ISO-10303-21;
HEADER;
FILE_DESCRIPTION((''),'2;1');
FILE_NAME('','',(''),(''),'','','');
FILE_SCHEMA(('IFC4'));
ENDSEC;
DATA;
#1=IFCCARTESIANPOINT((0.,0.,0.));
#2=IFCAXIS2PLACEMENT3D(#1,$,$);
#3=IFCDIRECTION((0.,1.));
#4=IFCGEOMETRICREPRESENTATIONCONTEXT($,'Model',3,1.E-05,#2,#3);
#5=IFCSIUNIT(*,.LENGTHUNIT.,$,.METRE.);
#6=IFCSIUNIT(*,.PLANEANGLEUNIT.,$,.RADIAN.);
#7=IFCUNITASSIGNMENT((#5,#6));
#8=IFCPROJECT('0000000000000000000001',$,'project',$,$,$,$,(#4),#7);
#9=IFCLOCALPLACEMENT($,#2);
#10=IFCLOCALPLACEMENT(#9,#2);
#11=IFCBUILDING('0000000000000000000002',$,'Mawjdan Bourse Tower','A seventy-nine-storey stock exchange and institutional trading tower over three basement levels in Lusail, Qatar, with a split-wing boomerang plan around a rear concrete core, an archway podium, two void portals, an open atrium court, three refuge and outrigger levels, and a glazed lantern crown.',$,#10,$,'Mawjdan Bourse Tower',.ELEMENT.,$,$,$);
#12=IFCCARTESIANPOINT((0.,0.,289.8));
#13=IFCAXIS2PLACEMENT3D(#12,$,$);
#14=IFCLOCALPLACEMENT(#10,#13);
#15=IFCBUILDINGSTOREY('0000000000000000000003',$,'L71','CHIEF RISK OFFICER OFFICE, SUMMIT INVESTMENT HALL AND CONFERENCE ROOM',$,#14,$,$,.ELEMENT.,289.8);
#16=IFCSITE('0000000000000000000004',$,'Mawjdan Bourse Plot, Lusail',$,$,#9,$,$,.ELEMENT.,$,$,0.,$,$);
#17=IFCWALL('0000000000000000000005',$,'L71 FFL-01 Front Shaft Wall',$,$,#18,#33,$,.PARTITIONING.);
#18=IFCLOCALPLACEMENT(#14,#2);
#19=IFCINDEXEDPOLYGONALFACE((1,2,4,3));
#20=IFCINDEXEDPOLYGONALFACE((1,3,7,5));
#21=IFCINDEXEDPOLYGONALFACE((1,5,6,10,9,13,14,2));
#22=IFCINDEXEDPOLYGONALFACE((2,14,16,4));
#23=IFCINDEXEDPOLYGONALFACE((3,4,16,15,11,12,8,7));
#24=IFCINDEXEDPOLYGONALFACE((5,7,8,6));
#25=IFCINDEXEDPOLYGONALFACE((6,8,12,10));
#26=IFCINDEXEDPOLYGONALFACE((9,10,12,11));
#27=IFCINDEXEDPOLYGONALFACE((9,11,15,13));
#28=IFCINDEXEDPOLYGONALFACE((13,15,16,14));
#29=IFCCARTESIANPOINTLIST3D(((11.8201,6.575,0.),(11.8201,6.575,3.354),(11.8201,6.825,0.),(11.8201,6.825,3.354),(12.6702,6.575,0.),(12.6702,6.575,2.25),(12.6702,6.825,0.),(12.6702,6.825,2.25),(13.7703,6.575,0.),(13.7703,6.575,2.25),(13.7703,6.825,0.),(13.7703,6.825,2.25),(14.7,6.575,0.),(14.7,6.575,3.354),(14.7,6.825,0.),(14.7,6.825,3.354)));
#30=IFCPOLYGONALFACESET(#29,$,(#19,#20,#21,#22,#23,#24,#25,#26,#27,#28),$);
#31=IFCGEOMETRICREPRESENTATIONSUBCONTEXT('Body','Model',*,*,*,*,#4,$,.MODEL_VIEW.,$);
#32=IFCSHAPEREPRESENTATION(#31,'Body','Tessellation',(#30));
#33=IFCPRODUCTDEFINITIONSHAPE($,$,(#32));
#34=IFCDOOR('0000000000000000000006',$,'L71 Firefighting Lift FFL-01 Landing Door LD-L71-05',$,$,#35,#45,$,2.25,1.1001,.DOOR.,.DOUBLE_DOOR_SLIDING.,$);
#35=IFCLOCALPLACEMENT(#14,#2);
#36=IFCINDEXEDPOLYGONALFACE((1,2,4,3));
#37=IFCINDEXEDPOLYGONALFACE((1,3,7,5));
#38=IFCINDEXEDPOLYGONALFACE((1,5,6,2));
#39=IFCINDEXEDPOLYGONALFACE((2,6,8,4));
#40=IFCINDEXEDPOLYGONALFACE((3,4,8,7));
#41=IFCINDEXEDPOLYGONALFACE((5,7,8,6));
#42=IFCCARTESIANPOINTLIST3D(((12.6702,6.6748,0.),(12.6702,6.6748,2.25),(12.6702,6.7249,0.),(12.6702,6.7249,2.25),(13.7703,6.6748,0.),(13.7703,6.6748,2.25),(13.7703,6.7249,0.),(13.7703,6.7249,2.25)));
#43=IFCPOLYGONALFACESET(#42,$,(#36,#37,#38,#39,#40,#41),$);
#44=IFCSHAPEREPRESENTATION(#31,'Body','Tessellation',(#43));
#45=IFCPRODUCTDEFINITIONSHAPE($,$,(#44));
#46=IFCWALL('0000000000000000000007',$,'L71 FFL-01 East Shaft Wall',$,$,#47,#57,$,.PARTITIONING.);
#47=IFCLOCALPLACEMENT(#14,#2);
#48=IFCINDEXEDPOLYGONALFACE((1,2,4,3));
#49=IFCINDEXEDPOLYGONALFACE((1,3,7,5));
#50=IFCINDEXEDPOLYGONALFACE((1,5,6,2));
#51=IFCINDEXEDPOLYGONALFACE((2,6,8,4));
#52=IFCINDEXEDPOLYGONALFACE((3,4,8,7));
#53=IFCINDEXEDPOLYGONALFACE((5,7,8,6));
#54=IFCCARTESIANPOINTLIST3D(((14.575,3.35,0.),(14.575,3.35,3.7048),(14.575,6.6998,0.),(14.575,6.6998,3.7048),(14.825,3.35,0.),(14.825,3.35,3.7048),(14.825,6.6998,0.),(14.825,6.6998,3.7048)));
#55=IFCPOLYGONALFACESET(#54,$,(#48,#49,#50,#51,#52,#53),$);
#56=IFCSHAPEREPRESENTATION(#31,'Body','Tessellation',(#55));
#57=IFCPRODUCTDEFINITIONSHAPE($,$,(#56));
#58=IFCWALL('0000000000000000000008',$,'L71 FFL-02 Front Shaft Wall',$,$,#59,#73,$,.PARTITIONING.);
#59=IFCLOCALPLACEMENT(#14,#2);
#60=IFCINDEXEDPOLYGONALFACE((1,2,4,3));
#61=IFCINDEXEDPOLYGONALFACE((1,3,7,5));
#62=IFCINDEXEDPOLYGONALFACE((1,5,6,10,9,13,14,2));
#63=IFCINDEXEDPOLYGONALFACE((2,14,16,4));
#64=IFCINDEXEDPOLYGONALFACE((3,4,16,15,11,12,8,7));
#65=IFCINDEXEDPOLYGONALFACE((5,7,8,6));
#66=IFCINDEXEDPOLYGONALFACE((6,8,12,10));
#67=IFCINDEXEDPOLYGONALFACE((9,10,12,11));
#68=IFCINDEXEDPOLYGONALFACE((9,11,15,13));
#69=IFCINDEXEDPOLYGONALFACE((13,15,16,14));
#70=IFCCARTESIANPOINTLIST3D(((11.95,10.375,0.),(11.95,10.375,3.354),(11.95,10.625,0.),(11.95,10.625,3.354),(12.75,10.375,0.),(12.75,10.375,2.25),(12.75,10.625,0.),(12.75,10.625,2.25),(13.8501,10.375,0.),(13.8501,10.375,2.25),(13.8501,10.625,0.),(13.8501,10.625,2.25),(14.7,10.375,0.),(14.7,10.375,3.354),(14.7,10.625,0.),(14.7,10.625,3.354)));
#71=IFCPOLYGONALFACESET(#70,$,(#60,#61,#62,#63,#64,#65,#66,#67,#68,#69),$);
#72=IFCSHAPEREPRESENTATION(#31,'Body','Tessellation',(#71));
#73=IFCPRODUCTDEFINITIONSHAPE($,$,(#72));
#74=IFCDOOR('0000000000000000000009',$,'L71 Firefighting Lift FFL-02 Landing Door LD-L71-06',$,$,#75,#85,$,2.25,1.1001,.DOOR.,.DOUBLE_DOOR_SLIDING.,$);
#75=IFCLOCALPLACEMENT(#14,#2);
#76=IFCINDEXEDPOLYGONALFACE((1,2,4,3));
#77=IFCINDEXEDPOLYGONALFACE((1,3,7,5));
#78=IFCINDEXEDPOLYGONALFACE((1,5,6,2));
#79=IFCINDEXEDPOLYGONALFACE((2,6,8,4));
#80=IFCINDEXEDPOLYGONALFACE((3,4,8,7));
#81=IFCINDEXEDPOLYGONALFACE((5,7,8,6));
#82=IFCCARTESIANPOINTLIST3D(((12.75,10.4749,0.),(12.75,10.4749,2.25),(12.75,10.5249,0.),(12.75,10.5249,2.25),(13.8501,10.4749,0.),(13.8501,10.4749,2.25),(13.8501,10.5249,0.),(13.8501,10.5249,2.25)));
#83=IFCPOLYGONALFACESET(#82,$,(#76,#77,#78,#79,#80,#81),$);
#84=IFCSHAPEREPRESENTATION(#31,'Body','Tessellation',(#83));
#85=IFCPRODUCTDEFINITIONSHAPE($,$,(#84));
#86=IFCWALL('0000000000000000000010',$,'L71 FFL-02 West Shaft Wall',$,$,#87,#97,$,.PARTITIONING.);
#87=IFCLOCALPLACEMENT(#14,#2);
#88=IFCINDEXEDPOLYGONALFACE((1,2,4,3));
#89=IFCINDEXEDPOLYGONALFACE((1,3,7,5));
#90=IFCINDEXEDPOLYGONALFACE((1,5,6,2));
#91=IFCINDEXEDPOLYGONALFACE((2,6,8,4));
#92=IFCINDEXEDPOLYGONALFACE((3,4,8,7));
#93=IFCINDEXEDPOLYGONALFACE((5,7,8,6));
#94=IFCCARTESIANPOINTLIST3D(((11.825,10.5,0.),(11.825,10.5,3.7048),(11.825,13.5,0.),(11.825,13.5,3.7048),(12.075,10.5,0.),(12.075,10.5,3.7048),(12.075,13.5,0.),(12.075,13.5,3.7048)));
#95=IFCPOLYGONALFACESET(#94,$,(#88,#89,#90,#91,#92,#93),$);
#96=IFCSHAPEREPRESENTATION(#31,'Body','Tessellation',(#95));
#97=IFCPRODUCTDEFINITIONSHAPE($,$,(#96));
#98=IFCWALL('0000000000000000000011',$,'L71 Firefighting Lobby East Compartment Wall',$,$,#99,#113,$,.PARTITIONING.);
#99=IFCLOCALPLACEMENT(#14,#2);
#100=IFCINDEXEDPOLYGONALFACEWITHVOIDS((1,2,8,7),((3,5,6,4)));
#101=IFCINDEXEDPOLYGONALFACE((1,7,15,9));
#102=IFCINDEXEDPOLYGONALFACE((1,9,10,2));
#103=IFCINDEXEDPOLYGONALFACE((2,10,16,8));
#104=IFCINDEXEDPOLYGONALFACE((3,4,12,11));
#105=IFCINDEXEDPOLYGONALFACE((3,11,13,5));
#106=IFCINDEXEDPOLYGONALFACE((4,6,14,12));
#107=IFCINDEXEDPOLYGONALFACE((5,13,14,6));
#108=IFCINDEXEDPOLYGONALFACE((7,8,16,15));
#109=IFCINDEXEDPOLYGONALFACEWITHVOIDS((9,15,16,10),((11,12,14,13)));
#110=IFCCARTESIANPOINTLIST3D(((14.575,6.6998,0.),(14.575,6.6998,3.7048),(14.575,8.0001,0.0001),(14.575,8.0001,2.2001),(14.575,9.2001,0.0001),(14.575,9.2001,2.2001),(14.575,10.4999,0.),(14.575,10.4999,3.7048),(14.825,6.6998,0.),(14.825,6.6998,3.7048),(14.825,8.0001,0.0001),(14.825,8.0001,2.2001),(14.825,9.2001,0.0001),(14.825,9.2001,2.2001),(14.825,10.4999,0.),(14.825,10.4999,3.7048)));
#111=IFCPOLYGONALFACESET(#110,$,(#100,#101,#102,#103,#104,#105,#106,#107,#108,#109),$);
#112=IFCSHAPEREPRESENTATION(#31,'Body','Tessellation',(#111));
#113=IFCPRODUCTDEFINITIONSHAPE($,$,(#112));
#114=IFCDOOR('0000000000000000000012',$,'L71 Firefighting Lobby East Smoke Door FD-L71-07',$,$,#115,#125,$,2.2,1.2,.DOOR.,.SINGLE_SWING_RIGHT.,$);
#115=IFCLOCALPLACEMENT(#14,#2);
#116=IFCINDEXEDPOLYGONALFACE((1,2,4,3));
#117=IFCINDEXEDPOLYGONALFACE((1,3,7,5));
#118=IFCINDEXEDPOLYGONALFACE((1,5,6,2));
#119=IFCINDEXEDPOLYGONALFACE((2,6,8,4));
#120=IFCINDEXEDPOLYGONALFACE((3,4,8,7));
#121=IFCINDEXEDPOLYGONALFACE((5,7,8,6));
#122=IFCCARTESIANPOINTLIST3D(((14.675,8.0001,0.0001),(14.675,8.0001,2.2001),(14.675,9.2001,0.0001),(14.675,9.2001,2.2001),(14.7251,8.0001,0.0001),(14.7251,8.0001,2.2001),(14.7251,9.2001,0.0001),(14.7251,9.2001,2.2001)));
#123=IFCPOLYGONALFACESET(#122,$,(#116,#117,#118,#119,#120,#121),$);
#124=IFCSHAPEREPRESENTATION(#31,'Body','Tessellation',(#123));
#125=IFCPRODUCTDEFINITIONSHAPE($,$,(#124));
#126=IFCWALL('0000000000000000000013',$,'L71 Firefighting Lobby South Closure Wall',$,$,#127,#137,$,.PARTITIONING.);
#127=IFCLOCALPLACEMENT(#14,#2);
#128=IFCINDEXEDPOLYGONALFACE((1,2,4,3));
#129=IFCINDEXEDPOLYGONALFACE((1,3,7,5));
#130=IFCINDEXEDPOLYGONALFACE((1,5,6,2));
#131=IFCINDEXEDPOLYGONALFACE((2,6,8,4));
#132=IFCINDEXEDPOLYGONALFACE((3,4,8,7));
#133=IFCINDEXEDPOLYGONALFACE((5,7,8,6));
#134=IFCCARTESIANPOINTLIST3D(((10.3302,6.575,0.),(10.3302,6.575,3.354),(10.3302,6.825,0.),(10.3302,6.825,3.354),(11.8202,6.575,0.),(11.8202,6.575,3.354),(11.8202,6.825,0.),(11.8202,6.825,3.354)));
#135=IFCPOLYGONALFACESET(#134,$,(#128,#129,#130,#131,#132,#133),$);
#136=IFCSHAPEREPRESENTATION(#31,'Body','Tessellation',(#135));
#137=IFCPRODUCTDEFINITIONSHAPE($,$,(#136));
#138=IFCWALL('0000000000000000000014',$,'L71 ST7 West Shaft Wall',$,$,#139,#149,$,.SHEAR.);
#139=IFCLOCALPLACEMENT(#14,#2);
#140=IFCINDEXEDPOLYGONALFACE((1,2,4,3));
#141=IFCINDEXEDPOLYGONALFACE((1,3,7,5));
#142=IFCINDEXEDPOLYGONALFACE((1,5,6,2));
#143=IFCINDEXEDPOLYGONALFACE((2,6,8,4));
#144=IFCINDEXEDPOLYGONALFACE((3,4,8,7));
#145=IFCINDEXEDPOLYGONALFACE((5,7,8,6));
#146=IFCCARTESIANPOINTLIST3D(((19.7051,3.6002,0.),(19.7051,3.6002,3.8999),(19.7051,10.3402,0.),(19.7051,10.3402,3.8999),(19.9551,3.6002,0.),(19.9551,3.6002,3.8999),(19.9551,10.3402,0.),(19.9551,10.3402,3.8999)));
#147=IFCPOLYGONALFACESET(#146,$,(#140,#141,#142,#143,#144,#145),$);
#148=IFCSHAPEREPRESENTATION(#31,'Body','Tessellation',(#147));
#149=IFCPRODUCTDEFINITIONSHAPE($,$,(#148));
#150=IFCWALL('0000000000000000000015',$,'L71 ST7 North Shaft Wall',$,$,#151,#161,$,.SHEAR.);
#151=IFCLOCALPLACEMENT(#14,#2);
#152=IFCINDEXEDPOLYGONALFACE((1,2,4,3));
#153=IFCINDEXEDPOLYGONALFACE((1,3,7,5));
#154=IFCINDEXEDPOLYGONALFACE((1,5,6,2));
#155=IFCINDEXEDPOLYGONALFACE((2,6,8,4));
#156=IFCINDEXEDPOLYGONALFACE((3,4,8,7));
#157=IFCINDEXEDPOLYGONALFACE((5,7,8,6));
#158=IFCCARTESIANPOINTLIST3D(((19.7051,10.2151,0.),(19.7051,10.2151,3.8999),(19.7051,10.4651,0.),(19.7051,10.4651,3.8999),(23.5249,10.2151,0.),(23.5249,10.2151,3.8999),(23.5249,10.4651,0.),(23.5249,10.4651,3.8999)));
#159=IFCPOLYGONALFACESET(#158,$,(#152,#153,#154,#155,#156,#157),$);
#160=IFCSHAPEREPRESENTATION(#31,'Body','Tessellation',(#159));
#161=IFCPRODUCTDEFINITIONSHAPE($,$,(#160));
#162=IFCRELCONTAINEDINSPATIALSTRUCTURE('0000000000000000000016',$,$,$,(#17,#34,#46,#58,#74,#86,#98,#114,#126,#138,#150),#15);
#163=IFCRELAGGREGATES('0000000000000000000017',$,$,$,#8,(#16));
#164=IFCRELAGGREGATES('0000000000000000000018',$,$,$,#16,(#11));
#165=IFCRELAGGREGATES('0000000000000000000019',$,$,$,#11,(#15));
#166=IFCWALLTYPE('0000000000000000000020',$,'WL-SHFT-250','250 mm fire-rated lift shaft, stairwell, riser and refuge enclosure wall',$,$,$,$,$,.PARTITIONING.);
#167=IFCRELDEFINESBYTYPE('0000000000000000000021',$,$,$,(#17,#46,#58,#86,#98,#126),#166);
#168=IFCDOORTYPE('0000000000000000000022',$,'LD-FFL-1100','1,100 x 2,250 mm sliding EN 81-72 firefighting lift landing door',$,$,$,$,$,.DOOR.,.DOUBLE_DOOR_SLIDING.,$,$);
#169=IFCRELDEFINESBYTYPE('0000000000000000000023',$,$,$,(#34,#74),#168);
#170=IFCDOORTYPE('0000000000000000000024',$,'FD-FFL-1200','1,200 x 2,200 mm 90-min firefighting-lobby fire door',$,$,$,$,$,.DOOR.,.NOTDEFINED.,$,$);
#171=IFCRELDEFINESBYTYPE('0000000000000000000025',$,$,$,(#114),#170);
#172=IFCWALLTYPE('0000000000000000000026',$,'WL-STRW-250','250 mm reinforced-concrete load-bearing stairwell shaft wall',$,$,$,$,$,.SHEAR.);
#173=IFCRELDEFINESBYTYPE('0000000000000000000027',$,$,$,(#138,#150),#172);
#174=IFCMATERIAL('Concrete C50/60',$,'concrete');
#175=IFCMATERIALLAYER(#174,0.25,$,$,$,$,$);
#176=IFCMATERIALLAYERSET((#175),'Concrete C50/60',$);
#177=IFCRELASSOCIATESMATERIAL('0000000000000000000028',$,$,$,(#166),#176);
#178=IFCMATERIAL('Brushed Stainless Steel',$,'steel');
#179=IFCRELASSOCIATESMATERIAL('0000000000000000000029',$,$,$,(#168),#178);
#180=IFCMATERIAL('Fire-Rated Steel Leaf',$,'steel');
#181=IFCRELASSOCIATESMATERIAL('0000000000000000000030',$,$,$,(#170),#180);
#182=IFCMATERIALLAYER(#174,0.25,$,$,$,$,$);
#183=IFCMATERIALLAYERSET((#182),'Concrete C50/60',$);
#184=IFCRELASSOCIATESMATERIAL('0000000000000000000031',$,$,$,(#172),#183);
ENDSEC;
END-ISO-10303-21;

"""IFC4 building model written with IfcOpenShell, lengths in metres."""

from ifc_helpers import new_model, si_unit, direction, frame, frame_2d, origin, place, context, subcontext, project, spatial, rectangle, extrude, material, layer, layer_set, type_object, element, fill, save


model = new_model("IFC4")

# Units and contexts
model_context = context("Model", 3, precision=1e-05, world=origin(), true_north=direction((0.0, 1.0)))
body_context = subcontext(model_context, "Body", "Model", "MODEL_VIEW")
ifc_project = project(units=[si_unit("LENGTHUNIT", "METRE"), si_unit("PLANEANGLEUNIT", "RADIAN")], contexts=[model_context])

# Site, building, storey
site_placement = place(None, origin())
site = spatial("IfcSite", under=ifc_project, at=site_placement, Name="Mawjdan Bourse Plot, Lusail", CompositionType="ELEMENT", RefElevation=0.0)
building_placement = place(site_placement, origin())
building = spatial("IfcBuilding", under=site, at=building_placement, Name="Mawjdan Bourse Tower", Description="A seventy-nine-storey stock exchange and institutional trading tower over three basement levels in Lusail, Qatar, with a split-wing boomerang plan around a rear concrete core, an archway podium, two void portals, an open atrium court, three refuge and outrigger levels, and a glazed lantern crown.", LongName="Mawjdan Bourse Tower", CompositionType="ELEMENT")
storey_placement = place(building_placement, frame((0.0, 0.0, 289.8)))
storey = spatial("IfcBuildingStorey", under=building, at=storey_placement, Name="L71", Description="CHIEF RISK OFFICER OFFICE, SUMMIT INVESTMENT HALL AND CONFERENCE ROOM", CompositionType="ELEMENT", Elevation=289.8)

# Shared definitions
ifc_material_1 = material(Name="Concrete C50/60", Category="concrete")
ifc_layer_1 = layer(ifc_material_1, 0.25)
ifc_layer_set_1 = layer_set([ifc_layer_1], Name="Concrete C50/60")
wall_type_1 = type_object("IfcWallType", Name="WL-SHFT-250", Description="250 mm fire-rated lift shaft, stairwell, riser and refuge enclosure wall", PredefinedType="PARTITIONING", material=ifc_layer_set_1)

# Wall, opening, door
wall_1_placement = place(storey_placement, frame((11.8201, 6.7, 0.0), z_axis=(0.0, 0.0, 1.0), x_axis=(1.0, 0.0, 0.0)))
wall_1 = element("IfcWall", 1, at=wall_1_placement, inside=storey, type_object=wall_type_1, Name="L71 FFL-01 Front Shaft Wall", PredefinedType="PARTITIONING", context=body_context, shape_type="SweptSolid", body=[
    extrude(rectangle(XDim=2.8799, YDim=0.25, at=frame_2d((1.4399, 0.0))), origin(), (0.0, 0.0, 1.0), 3.354),
])
opening_1_placement = place(wall_1_placement, frame((0.8501, 0.0, 0.0)))
opening_1 = element("IfcOpeningElement", 2, at=opening_1_placement, cuts=wall_1, PredefinedType="OPENING", context=body_context, shape_type="SweptSolid", body=[
    extrude(rectangle(XDim=1.1001, YDim=2.25, at=frame_2d((0.55, 1.125))), frame((0.0, 0.135, 0.0), z_axis=(0.0, -1.0, 0.0), x_axis=(1.0, 0.0, 0.0)), (0.0, 0.0, 1.0), 0.27),
])
ifc_material_2 = material(Name="Brushed Stainless Steel", Category="steel")
door_type_1 = type_object("IfcDoorType", Name="LD-FFL-1100", Description="1,100 x 2,250 mm sliding EN 81-72 firefighting lift landing door", OperationType="DOUBLE_DOOR_SLIDING", PredefinedType="DOOR", material=ifc_material_2)
door_1_placement = place(opening_1_placement, origin())
door_1 = element("IfcDoor", 3, at=door_1_placement, inside=storey, type_object=door_type_1, Name="L71 Firefighting Lift FFL-01 Landing Door LD-L71-05", OperationType="DOUBLE_DOOR_SLIDING", OverallHeight=2.25, OverallWidth=1.1001, PredefinedType="DOOR", context=body_context, shape_type="SweptSolid", body=[
    extrude(rectangle(XDim=1.1001, YDim=2.25, at=frame_2d((0.55, 1.125))), frame((0.0, 0.0249, 0.0), z_axis=(0.0, -1.0, 0.0), x_axis=(1.0, 0.0, 0.0)), (0.0, 0.0, 1.0), 0.05),
])
fill(opening_1, door_1)

# Wall
wall_2_placement = place(storey_placement, frame((14.7, 3.3501, 0.0), z_axis=(0.0, 0.0, 1.0), x_axis=(0.0, 1.0, 0.0)))
element("IfcWall", 4, at=wall_2_placement, inside=storey, type_object=wall_type_1, Name="L71 FFL-01 East Shaft Wall", PredefinedType="PARTITIONING", context=body_context, shape_type="SweptSolid", body=[
    extrude(rectangle(XDim=3.3499, YDim=0.25, at=frame_2d((1.6748, 0.0))), origin(), (0.0, 0.0, 1.0), 3.7048),
])

# Wall, opening, door
wall_3_placement = place(storey_placement, frame((11.95, 10.5, 0.0), z_axis=(0.0, 0.0, 1.0), x_axis=(1.0, 0.0, 0.0)))
wall_3 = element("IfcWall", 5, at=wall_3_placement, inside=storey, type_object=wall_type_1, Name="L71 FFL-02 Front Shaft Wall", PredefinedType="PARTITIONING", context=body_context, shape_type="SweptSolid", body=[
    extrude(rectangle(XDim=2.75, YDim=0.25, at=frame_2d((1.375, 0.0))), origin(), (0.0, 0.0, 1.0), 3.354),
])
opening_2_placement = place(wall_3_placement, frame((0.8, 0.0, 0.0)))
opening_2 = element("IfcOpeningElement", 6, at=opening_2_placement, cuts=wall_3, PredefinedType="OPENING", context=body_context, shape_type="SweptSolid", body=[
    extrude(rectangle(XDim=1.1001, YDim=2.25, at=frame_2d((0.55, 1.125))), frame((0.0, 0.135, 0.0), z_axis=(0.0, -1.0, 0.0), x_axis=(1.0, 0.0, 0.0)), (0.0, 0.0, 1.0), 0.27),
])
door_2_placement = place(opening_2_placement, origin())
door_2 = element("IfcDoor", 7, at=door_2_placement, inside=storey, type_object=door_type_1, Name="L71 Firefighting Lift FFL-02 Landing Door LD-L71-06", OperationType="DOUBLE_DOOR_SLIDING", OverallHeight=2.25, OverallWidth=1.1001, PredefinedType="DOOR", context=body_context, shape_type="SweptSolid", body=[
    extrude(rectangle(XDim=1.1001, YDim=2.25, at=frame_2d((0.55, 1.125))), frame((0.0, 0.0249, 0.0), z_axis=(0.0, -1.0, 0.0), x_axis=(1.0, 0.0, 0.0)), (0.0, 0.0, 1.0), 0.05),
])
fill(opening_2, door_2)

# Wall
wall_4_placement = place(storey_placement, frame((11.95, 10.5, 0.0), z_axis=(0.0, 0.0, 1.0), x_axis=(0.0, 1.0, 0.0)))
element("IfcWall", 8, at=wall_4_placement, inside=storey, type_object=wall_type_1, Name="L71 FFL-02 West Shaft Wall", PredefinedType="PARTITIONING", context=body_context, shape_type="SweptSolid", body=[
    extrude(rectangle(XDim=3.0, YDim=0.25, at=frame_2d((1.5, 0.0))), origin(), (0.0, 0.0, 1.0), 3.7048),
])

# Wall, opening, door
wall_5_placement = place(storey_placement, frame((14.7, 6.7, 0.0), z_axis=(0.0, 0.0, 1.0), x_axis=(0.0, 1.0, 0.0)))
wall_5 = element("IfcWall", 9, at=wall_5_placement, inside=storey, type_object=wall_type_1, Name="L71 Firefighting Lobby East Compartment Wall", PredefinedType="PARTITIONING", context=body_context, shape_type="SweptSolid", body=[
    extrude(rectangle(XDim=3.8, YDim=0.25, at=frame_2d((1.8999, 0.0))), origin(), (0.0, 0.0, 1.0), 3.7048),
])
opening_3_placement = place(wall_5_placement, frame((1.3, 0.0, 0.0)))
opening_3 = element("IfcOpeningElement", 10, at=opening_3_placement, cuts=wall_5, PredefinedType="OPENING", context=body_context, shape_type="SweptSolid", body=[
    extrude(rectangle(XDim=1.2, YDim=2.2, at=frame_2d((0.6001, 1.1001))), frame((0.0, 0.135, 0.0), z_axis=(0.0, -1.0, 0.0), x_axis=(1.0, 0.0, 0.0)), (0.0, 0.0, 1.0), 0.27),
])
ifc_material_3 = material(Name="Fire-Rated Steel Leaf", Category="steel")
door_type_2 = type_object("IfcDoorType", Name="FD-FFL-1200", Description="1,200 x 2,200 mm 90-min firefighting-lobby fire door", OperationType="NOTDEFINED", PredefinedType="DOOR", material=ifc_material_3)
door_3_placement = place(opening_3_placement, origin())
door_3 = element("IfcDoor", 11, at=door_3_placement, inside=storey, type_object=door_type_2, Name="L71 Firefighting Lobby East Smoke Door FD-L71-07", OperationType="SINGLE_SWING_RIGHT", OverallHeight=2.2, OverallWidth=1.2, PredefinedType="DOOR", context=body_context, shape_type="SweptSolid", body=[
    extrude(rectangle(XDim=1.2, YDim=2.2, at=frame_2d((0.6001, 1.1001))), frame((0.0, 0.0249, 0.0), z_axis=(0.0, -1.0, 0.0), x_axis=(1.0, 0.0, 0.0)), (0.0, 0.0, 1.0), 0.05),
])
fill(opening_3, door_3)

# Walls
wall_6_placement = place(storey_placement, frame((10.3301, 6.7, 0.0), z_axis=(0.0, 0.0, 1.0), x_axis=(1.0, 0.0, 0.0)))
element("IfcWall", 12, at=wall_6_placement, inside=storey, type_object=wall_type_1, Name="L71 Firefighting Lobby South Closure Wall", PredefinedType="PARTITIONING", context=body_context, shape_type="SweptSolid", body=[
    extrude(rectangle(XDim=1.49, YDim=0.25, at=frame_2d((0.7451, 0.0))), origin(), (0.0, 0.0, 1.0), 3.354),
])
ifc_layer_2 = layer(ifc_material_1, 0.25)
ifc_layer_set_2 = layer_set([ifc_layer_2], Name="Concrete C50/60")
wall_type_2 = type_object("IfcWallType", Name="WL-STRW-250", Description="250 mm reinforced-concrete load-bearing stairwell shaft wall", PredefinedType="SHEAR", material=ifc_layer_set_2)
wall_7_placement = place(storey_placement, frame((19.8301, 3.6001, 0.0), z_axis=(0.0, 0.0, 1.0), x_axis=(0.0, 1.0, 0.0)))
element("IfcWall", 13, at=wall_7_placement, inside=storey, type_object=wall_type_2, Name="L71 ST7 West Shaft Wall", PredefinedType="SHEAR", context=body_context, shape_type="SweptSolid", body=[
    extrude(rectangle(XDim=6.74, YDim=0.25, at=frame_2d((3.3701, 0.0))), origin(), (0.0, 0.0, 1.0), 3.8999),
])
wall_8_placement = place(storey_placement, frame((19.7051, 10.3401, 0.0), z_axis=(0.0, 0.0, 1.0), x_axis=(1.0, 0.0, 0.0)))
element("IfcWall", 14, at=wall_8_placement, inside=storey, type_object=wall_type_2, Name="L71 ST7 North Shaft Wall", PredefinedType="SHEAR", context=body_context, shape_type="SweptSolid", body=[
    extrude(rectangle(XDim=3.8198, YDim=0.25, at=frame_2d((1.9099, 0.0))), origin(), (0.0, 0.0, 1.0), 3.8999),
])

save(model, "model.ifc")
